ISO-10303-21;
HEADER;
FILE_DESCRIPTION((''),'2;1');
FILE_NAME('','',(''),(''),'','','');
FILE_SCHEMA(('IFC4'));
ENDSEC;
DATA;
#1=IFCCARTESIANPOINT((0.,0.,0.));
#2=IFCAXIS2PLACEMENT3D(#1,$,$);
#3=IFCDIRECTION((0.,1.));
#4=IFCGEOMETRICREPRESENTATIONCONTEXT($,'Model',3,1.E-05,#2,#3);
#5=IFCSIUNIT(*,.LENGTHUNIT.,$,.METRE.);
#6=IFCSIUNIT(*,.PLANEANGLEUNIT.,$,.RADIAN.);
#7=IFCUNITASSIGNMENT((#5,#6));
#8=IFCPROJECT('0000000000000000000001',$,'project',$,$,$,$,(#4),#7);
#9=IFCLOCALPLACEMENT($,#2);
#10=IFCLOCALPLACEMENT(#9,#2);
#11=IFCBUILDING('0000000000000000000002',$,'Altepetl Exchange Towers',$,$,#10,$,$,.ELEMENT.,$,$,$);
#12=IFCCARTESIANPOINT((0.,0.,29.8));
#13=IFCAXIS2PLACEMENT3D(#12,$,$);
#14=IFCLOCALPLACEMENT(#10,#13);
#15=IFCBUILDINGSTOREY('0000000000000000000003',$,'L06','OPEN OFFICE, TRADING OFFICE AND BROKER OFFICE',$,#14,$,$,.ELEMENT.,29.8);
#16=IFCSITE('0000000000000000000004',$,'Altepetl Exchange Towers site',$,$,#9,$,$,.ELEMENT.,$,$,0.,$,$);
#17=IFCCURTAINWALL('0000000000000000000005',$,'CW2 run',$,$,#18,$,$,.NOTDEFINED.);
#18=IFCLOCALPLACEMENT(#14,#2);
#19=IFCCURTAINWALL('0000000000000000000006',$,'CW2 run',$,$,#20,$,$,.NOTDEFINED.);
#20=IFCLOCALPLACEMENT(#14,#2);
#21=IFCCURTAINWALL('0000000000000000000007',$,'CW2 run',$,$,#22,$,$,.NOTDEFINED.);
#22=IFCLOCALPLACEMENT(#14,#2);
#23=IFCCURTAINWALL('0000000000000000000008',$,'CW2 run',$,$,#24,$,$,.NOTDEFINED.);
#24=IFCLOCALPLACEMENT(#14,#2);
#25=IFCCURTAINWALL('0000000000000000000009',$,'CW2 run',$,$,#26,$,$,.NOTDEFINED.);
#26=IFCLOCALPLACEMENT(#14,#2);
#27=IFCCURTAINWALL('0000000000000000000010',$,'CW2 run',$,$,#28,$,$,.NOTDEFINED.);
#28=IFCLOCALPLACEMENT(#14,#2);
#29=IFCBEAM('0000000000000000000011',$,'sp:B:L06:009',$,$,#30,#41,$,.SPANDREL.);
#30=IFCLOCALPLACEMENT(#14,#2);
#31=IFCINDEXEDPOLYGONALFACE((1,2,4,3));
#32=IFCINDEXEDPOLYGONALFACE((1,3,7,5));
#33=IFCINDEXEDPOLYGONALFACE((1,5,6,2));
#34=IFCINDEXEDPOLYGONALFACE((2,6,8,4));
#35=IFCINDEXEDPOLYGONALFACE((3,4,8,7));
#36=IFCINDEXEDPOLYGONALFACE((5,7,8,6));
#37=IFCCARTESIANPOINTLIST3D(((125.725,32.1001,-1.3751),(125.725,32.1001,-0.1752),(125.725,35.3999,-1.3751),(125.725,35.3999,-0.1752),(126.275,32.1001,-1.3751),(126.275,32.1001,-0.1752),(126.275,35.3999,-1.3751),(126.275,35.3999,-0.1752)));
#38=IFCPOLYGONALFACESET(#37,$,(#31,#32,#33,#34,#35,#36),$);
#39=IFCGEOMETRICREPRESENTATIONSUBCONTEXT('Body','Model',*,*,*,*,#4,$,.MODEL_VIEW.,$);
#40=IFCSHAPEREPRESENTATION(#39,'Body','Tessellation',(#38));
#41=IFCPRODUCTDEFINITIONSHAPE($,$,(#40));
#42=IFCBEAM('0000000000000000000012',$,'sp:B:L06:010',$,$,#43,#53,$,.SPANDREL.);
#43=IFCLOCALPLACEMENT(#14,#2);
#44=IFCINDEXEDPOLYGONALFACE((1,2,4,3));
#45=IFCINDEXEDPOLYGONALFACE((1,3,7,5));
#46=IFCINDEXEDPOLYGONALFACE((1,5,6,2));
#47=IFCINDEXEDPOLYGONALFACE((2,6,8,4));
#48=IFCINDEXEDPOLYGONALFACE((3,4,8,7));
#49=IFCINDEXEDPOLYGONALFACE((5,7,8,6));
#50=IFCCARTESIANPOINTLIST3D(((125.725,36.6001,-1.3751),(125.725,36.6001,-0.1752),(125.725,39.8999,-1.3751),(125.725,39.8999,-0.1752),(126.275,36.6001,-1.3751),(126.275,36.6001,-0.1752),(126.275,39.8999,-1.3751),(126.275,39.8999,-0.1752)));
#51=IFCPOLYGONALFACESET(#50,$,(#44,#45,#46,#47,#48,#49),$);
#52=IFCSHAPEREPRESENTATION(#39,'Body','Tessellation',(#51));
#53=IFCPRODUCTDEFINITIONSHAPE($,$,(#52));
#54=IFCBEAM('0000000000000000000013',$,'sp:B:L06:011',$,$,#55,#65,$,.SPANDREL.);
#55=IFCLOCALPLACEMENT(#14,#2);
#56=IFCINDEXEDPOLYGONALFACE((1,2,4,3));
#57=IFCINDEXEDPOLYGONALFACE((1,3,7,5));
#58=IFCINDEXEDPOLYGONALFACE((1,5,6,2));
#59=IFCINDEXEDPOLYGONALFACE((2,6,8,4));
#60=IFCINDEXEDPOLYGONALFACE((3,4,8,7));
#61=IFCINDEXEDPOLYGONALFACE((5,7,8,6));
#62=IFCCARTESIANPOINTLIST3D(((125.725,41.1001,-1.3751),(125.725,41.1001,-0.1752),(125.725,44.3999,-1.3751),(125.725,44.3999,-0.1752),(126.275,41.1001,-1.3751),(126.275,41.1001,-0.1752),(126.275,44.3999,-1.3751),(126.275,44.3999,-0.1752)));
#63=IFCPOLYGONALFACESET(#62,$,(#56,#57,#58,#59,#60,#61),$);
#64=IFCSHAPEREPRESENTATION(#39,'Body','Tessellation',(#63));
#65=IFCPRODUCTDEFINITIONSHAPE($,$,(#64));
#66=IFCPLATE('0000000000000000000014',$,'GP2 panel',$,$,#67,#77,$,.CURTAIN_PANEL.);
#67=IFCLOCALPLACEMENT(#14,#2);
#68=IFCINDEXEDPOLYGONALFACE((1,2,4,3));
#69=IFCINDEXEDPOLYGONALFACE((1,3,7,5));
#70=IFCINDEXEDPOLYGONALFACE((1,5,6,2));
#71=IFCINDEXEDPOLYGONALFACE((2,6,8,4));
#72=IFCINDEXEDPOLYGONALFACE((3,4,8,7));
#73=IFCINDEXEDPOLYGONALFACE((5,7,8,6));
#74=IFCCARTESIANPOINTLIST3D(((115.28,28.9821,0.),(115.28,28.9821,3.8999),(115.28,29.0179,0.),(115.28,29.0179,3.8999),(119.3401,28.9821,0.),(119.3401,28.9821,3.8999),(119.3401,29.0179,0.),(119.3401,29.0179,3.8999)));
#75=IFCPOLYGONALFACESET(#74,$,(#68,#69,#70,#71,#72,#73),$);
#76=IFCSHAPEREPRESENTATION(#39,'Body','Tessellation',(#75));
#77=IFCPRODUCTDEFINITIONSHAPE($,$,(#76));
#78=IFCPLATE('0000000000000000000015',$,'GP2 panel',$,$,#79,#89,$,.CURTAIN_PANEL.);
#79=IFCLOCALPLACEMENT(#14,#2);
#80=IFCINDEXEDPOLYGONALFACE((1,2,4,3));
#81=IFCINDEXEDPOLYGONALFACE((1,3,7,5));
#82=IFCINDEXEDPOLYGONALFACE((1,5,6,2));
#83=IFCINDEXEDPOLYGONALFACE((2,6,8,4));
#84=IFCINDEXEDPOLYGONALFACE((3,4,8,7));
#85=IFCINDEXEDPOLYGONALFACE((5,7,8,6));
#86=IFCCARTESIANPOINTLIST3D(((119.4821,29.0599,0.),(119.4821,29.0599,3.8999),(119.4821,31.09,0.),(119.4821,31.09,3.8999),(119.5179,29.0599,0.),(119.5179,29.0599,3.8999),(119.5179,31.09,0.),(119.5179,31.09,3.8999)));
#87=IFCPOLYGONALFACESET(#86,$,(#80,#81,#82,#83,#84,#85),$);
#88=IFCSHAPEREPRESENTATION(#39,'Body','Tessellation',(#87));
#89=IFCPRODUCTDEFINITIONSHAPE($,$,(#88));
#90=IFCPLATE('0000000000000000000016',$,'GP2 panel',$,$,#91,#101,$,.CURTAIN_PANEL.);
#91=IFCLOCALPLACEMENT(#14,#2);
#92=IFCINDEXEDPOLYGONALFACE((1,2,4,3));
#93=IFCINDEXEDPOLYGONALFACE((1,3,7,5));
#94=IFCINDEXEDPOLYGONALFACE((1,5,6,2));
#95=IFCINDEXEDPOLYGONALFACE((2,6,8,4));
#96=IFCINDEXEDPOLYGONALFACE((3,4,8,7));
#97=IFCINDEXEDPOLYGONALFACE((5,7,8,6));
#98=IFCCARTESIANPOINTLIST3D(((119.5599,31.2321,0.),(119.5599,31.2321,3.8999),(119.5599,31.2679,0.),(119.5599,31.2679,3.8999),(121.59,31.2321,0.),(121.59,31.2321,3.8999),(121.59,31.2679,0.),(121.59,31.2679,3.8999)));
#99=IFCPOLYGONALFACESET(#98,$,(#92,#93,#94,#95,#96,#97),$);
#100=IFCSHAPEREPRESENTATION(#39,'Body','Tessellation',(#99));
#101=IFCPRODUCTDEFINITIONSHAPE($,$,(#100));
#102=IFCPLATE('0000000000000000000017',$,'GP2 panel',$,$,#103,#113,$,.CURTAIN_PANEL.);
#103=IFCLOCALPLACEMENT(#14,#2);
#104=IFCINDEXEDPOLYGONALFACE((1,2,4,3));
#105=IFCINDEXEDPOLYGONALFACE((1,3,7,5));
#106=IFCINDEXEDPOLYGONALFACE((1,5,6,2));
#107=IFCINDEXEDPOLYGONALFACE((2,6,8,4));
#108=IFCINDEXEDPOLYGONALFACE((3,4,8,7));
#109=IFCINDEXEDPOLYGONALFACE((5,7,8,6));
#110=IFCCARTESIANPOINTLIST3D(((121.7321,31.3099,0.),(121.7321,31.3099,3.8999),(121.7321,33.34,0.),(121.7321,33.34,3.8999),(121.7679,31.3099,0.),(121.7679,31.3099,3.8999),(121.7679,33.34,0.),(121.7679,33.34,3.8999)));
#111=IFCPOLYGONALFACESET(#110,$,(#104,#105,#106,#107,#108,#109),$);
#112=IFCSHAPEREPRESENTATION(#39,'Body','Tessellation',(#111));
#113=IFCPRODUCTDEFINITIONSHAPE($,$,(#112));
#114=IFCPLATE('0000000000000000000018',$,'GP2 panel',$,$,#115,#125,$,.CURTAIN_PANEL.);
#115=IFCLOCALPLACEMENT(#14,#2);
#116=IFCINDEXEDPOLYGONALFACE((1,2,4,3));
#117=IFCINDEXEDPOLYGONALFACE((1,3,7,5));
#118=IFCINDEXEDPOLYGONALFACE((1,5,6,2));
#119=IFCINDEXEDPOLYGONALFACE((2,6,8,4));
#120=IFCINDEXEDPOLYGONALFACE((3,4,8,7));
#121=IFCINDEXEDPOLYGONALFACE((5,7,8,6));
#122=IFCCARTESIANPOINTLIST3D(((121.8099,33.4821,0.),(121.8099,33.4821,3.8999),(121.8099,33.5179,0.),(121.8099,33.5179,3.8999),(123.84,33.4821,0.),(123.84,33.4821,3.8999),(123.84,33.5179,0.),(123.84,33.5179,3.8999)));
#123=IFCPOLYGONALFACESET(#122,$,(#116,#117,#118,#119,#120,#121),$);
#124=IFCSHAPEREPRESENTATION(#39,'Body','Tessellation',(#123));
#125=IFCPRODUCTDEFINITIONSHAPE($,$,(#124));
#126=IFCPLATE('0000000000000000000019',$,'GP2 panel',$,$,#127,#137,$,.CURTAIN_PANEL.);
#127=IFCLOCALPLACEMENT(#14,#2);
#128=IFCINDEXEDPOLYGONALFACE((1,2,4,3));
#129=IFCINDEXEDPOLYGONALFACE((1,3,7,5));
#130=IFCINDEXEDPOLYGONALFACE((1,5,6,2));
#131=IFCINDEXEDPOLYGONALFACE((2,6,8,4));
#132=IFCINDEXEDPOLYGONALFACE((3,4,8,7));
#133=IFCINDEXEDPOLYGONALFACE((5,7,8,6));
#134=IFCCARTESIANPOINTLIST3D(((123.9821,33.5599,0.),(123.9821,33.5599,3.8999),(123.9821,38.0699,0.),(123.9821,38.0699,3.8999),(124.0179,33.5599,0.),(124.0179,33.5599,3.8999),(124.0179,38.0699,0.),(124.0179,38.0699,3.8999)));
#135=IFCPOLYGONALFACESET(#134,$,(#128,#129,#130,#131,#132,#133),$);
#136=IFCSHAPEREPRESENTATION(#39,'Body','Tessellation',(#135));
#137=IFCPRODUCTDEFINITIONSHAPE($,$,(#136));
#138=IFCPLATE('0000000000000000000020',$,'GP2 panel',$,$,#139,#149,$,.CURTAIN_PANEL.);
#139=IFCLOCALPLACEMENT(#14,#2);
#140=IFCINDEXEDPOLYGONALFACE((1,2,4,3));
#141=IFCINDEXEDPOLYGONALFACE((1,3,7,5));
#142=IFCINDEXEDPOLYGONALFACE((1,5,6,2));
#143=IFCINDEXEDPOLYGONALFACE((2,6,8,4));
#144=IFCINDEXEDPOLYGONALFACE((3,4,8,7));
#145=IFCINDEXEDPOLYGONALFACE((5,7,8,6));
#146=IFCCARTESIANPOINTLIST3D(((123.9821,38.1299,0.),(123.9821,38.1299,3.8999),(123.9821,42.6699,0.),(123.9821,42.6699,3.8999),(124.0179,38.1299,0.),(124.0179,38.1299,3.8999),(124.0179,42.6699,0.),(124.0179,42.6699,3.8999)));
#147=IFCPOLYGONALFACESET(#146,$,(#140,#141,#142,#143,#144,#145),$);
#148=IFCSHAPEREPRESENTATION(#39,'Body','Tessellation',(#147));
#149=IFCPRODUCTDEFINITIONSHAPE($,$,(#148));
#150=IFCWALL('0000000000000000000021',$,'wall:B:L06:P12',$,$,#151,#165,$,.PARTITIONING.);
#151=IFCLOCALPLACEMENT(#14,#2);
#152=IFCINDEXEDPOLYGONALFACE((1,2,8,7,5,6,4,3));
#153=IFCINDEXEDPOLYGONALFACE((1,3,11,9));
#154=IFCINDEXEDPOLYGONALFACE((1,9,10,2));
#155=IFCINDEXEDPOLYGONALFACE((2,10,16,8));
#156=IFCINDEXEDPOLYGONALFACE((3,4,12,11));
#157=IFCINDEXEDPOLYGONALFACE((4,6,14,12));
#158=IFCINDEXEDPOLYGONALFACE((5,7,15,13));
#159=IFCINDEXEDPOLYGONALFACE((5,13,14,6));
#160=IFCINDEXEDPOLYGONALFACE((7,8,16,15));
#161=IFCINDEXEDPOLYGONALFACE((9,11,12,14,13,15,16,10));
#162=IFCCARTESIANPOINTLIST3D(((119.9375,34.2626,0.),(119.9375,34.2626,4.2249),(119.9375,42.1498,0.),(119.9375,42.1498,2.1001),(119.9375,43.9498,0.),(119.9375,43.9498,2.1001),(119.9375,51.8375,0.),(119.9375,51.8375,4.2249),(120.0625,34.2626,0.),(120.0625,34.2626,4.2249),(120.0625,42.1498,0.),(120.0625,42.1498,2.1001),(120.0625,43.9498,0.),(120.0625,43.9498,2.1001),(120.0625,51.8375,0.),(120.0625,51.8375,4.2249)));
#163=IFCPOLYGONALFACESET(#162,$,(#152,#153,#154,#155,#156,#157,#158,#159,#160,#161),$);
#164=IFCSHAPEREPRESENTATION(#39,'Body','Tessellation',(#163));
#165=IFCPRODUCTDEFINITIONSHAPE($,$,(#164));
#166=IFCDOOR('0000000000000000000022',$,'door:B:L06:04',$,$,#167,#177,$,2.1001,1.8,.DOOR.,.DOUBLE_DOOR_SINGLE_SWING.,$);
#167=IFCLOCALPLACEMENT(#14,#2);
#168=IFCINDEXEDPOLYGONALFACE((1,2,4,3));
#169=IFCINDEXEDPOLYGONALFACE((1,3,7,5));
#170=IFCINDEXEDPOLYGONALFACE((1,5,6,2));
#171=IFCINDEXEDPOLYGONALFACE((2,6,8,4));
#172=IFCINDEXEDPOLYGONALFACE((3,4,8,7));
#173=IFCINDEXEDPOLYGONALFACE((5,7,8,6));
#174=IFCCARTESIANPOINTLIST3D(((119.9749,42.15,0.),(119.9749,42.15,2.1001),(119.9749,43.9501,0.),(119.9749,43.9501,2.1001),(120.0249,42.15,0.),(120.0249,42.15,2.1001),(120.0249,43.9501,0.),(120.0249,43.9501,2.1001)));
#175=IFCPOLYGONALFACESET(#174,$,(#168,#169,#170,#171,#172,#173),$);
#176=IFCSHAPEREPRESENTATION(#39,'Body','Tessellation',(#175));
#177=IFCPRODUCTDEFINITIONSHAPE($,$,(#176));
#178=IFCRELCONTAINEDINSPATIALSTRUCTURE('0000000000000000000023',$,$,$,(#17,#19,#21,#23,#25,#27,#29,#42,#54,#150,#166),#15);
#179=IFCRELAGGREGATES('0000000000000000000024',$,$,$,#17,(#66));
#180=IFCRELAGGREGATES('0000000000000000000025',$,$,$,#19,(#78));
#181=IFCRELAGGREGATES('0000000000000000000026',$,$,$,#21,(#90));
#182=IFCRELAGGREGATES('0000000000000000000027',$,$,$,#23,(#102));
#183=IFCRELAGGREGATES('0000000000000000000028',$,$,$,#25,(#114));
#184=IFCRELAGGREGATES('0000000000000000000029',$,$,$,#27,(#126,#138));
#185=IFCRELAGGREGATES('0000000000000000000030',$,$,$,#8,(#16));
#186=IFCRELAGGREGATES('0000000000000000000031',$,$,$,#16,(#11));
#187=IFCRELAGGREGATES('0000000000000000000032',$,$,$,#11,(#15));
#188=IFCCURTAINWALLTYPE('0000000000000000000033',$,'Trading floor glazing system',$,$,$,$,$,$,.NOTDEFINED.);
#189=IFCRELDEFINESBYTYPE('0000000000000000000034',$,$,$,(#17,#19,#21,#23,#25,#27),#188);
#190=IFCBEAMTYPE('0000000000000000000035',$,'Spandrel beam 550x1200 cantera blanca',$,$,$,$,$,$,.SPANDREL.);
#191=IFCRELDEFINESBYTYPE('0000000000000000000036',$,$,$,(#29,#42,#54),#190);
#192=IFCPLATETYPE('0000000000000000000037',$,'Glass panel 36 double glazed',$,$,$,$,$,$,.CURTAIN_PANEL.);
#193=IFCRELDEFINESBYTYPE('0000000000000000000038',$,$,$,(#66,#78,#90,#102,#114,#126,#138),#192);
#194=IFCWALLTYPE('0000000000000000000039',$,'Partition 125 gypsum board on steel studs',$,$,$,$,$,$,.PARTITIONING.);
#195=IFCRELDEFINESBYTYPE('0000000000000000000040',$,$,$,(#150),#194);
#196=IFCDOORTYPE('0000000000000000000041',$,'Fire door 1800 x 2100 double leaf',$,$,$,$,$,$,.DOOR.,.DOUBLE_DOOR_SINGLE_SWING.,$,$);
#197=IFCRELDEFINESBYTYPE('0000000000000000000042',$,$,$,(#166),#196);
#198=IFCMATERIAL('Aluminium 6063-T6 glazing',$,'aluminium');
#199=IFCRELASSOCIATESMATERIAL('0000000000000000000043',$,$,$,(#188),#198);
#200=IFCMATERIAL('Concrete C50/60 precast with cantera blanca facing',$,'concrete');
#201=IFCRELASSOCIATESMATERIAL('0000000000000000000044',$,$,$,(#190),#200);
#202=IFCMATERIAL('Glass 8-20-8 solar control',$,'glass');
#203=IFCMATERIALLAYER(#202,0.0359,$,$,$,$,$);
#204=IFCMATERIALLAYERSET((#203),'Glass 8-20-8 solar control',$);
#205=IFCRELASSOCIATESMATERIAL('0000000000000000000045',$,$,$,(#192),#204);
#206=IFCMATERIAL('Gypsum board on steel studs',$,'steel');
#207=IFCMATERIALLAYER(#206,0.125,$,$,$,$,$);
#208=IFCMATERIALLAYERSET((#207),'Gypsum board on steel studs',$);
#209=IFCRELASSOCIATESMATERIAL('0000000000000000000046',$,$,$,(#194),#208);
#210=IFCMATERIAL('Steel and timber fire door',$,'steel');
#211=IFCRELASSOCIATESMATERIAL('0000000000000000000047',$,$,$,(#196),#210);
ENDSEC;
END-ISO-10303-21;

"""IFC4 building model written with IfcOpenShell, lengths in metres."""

from ifc_helpers import new_model, si_unit, direction, frame, frame_2d, origin, origin_2d, place, context, subcontext, project, spatial, rectangle, extrude, material, layer, layer_set, material_profile, profile_set, type_object, element, fill, aggregate, save


model = new_model("IFC4")

# Units and contexts
model_context = context("Model", 3, precision=1e-05, world=origin(), true_north=direction((0.0, 1.0)))
body_context = subcontext(model_context, "Body", "Model", "MODEL_VIEW")
ifc_project = project(units=[si_unit("LENGTHUNIT", "METRE"), si_unit("PLANEANGLEUNIT", "RADIAN")], contexts=[model_context])

# Site, building, storey
site_placement = place(None, origin())
site = spatial("IfcSite", under=ifc_project, at=site_placement, Name="Altepetl Exchange Towers site", CompositionType="ELEMENT", RefElevation=0.0)
building_placement = place(site_placement, origin())
building = spatial("IfcBuilding", under=site, at=building_placement, Name="Altepetl Exchange Towers", CompositionType="ELEMENT")
storey_placement = place(building_placement, frame((0.0, 0.0, 29.8)))
storey = spatial("IfcBuildingStorey", under=building, at=storey_placement, Name="L06", Description="OPEN OFFICE, TRADING OFFICE AND BROKER OFFICE", CompositionType="ELEMENT", Elevation=29.8)

# Curtain wall
ifc_material_1 = material(Name="Aluminium 6063-T6 glazing", Category="aluminium")
curtain_wall_type = type_object("IfcCurtainWallType", Name="Trading floor glazing system", PredefinedType="NOTDEFINED", material=ifc_material_1)
curtain_wall_1_placement = place(storey_placement, origin())
curtain_wall_1 = element("IfcCurtainWall", 1, at=curtain_wall_1_placement, inside=storey, type_object=curtain_wall_type, Name="CW2 run", PredefinedType="NOTDEFINED")

# Curtain walls
curtain_wall_2_placement = place(storey_placement, origin())
curtain_wall_2 = element("IfcCurtainWall", 2, at=curtain_wall_2_placement, inside=storey, type_object=curtain_wall_type, Name="CW2 run", PredefinedType="NOTDEFINED")
curtain_wall_3_placement = place(storey_placement, origin())
curtain_wall_3 = element("IfcCurtainWall", 3, at=curtain_wall_3_placement, inside=storey, type_object=curtain_wall_type, Name="CW2 run", PredefinedType="NOTDEFINED")
curtain_wall_4_placement = place(storey_placement, origin())
curtain_wall_4 = element("IfcCurtainWall", 4, at=curtain_wall_4_placement, inside=storey, type_object=curtain_wall_type, Name="CW2 run", PredefinedType="NOTDEFINED")
curtain_wall_5_placement = place(storey_placement, origin())
curtain_wall_5 = element("IfcCurtainWall", 5, at=curtain_wall_5_placement, inside=storey, type_object=curtain_wall_type, Name="CW2 run", PredefinedType="NOTDEFINED")
curtain_wall_6_placement = place(storey_placement, origin())
curtain_wall_6 = element("IfcCurtainWall", 6, at=curtain_wall_6_placement, inside=storey, type_object=curtain_wall_type, Name="CW2 run", PredefinedType="NOTDEFINED")

# Beams
ifc_material_2 = material(Name="Concrete C50/60 precast with cantera blanca facing", Category="concrete")
ifc_material_profile_1 = material_profile(ifc_material_2, rectangle(XDim=0.55, YDim=1.2, at=origin_2d()), Name="550 x 1200")
ifc_profile_set_1 = profile_set([ifc_material_profile_1], Name="Concrete C50/60 precast with cantera blanca facing")
beam_type_1 = type_object("IfcBeamType", Name="Spandrel beam 550x1200 cantera blanca", PredefinedType="SPANDREL", material=ifc_profile_set_1)
for number, where, z_axis, x_axis, name in (
    (7, (126.0, 32.1001, -0.7751), (0.0, 1.0, 0.0), (-1.0, 0.0, 0.0), "sp:B:L06:009"),
    (8, (126.0, 36.6001, -0.7751), (0.0, 1.0, 0.0), (-1.0, 0.0, 0.0), "sp:B:L06:010"),
    (9, (126.0, 41.1001, -0.7751), (0.0, 1.0, 0.0), (-1.0, 0.0, 0.0), "sp:B:L06:011"),
):
    element("IfcBeam", number, at=place(storey_placement, frame(where, z_axis=z_axis, x_axis=x_axis)), inside=storey, type_object=beam_type_1, Name=name, PredefinedType="SPANDREL", context=body_context, shape_type="SweptSolid", body=[
        extrude(rectangle(XDim=0.55, YDim=1.2, at=origin_2d()), origin(), (0.0, 0.0, 1.0), 3.2998),
    ])

# Plates
ifc_material_3 = material(Name="Glass 8-20-8 solar control", Category="glass")
ifc_layer_1 = layer(ifc_material_3, 0.0359)
ifc_layer_set_1 = layer_set([ifc_layer_1], Name="Glass 8-20-8 solar control")
plate_type = type_object("IfcPlateType", Name="Glass panel 36 double glazed", PredefinedType="CURTAIN_PANEL", material=ifc_layer_set_1)
plate_1_placement = place(storey_placement, frame((117.3101, 29.0, 0.0)))
plate_1 = element("IfcPlate", 10, at=plate_1_placement, type_object=plate_type, Name="GP2 panel", PredefinedType="CURTAIN_PANEL", context=body_context, shape_type="SweptSolid", body=[
    extrude(rectangle(XDim=4.0601, YDim=0.0359, at=origin_2d()), origin(), (0.0, 0.0, 1.0), 3.8999),
])
aggregate(curtain_wall_1, [plate_1])
plate_2_placement = place(storey_placement, frame((119.5, 30.075, 0.0), z_axis=(0.0, 0.0, 1.0), x_axis=(0.0, 1.0, 0.0)))
plate_2 = element("IfcPlate", 11, at=plate_2_placement, type_object=plate_type, Name="GP2 panel", PredefinedType="CURTAIN_PANEL", context=body_context, shape_type="SweptSolid", body=[
    extrude(rectangle(XDim=2.03, YDim=0.0359, at=origin_2d()), origin(), (0.0, 0.0, 1.0), 3.8999),
])
aggregate(curtain_wall_2, [plate_2])
plate_3_placement = place(storey_placement, frame((120.575, 31.25, 0.0)))
plate_3 = element("IfcPlate", 12, at=plate_3_placement, type_object=plate_type, Name="GP2 panel", PredefinedType="CURTAIN_PANEL", context=body_context, shape_type="SweptSolid", body=[
    extrude(rectangle(XDim=2.03, YDim=0.0359, at=origin_2d()), origin(), (0.0, 0.0, 1.0), 3.8999),
])
aggregate(curtain_wall_3, [plate_3])
plate_4_placement = place(storey_placement, frame((121.75, 32.325, 0.0), z_axis=(0.0, 0.0, 1.0), x_axis=(0.0, 1.0, 0.0)))
plate_4 = element("IfcPlate", 13, at=plate_4_placement, type_object=plate_type, Name="GP2 panel", PredefinedType="CURTAIN_PANEL", context=body_context, shape_type="SweptSolid", body=[
    extrude(rectangle(XDim=2.03, YDim=0.0359, at=origin_2d()), origin(), (0.0, 0.0, 1.0), 3.8999),
])
aggregate(curtain_wall_4, [plate_4])
plate_5_placement = place(storey_placement, frame((122.825, 33.5, 0.0)))
plate_5 = element("IfcPlate", 14, at=plate_5_placement, type_object=plate_type, Name="GP2 panel", PredefinedType="CURTAIN_PANEL", context=body_context, shape_type="SweptSolid", body=[
    extrude(rectangle(XDim=2.03, YDim=0.0359, at=origin_2d()), origin(), (0.0, 0.0, 1.0), 3.8999),
])
aggregate(curtain_wall_5, [plate_5])
plate_6_placement = place(storey_placement, frame((124.0, 35.8149, 0.0), z_axis=(0.0, 0.0, 1.0), x_axis=(0.0, 1.0, 0.0)))
plate_6 = element("IfcPlate", 15, at=plate_6_placement, type_object=plate_type, Name="GP2 panel", PredefinedType="CURTAIN_PANEL", context=body_context, shape_type="SweptSolid", body=[
    extrude(rectangle(XDim=4.51, YDim=0.0359, at=origin_2d()), origin(), (0.0, 0.0, 1.0), 3.8999),
])
plate_7_placement = place(storey_placement, frame((124.0, 40.3999, 0.0), z_axis=(0.0, 0.0, 1.0), x_axis=(0.0, 1.0, 0.0)))
plate_7 = element("IfcPlate", 16, at=plate_7_placement, type_object=plate_type, Name="GP2 panel", PredefinedType="CURTAIN_PANEL", context=body_context, shape_type="SweptSolid", body=[
    extrude(rectangle(XDim=4.54, YDim=0.0359, at=origin_2d()), origin(), (0.0, 0.0, 1.0), 3.8999),
])
aggregate(curtain_wall_6, [plate_6, plate_7])

# Wall, opening, door
ifc_material_4 = material(Name="Gypsum board on steel studs", Category="steel")
ifc_layer_2 = layer(ifc_material_4, 0.125)
ifc_layer_set_2 = layer_set([ifc_layer_2], Name="Gypsum board on steel studs")
wall_type = type_object("IfcWallType", Name="Partition 125 gypsum board on steel studs", PredefinedType="PARTITIONING", material=ifc_layer_set_2)
wall_placement = place(storey_placement, frame((120.0, 34.2625, 0.0), z_axis=(0.0, 0.0, 1.0), x_axis=(0.0, 1.0, 0.0)))
wall = element("IfcWall", 17, at=wall_placement, inside=storey, type_object=wall_type, Name="wall:B:L06:P12", PredefinedType="PARTITIONING", context=body_context, shape_type="SweptSolid", body=[
    extrude(rectangle(XDim=17.575, YDim=0.125, at=frame_2d((8.7876, 0.0))), origin(), (0.0, 0.0, 1.0), 4.2249),
])
opening_placement = place(wall_placement, frame((7.8875, 0.0, 0.0)))
opening = element("IfcOpeningElement", 18, at=opening_placement, cuts=wall, PredefinedType="OPENING", context=body_context, shape_type="SweptSolid", body=[
    extrude(rectangle(XDim=1.8, YDim=2.1001, at=frame_2d((0.8999, 1.05))), frame((0.0, 0.0725, 0.0), z_axis=(0.0, -1.0, 0.0), x_axis=(1.0, 0.0, 0.0)), (0.0, 0.0, 1.0), 0.145),
])
ifc_material_5 = material(Name="Steel and timber fire door", Category="steel")
door_type = type_object("IfcDoorType", Name="Fire door 1800 x 2100 double leaf", OperationType="DOUBLE_DOOR_SINGLE_SWING", PredefinedType="DOOR", material=ifc_material_5)
door_placement = place(opening_placement, frame((1.8, 0.0, 0.0), x_axis=(-1.0, 0.0, 0.0)))
door = element("IfcDoor", 19, at=door_placement, inside=storey, type_object=door_type, Name="door:B:L06:04", OperationType="DOUBLE_DOOR_SINGLE_SWING", OverallHeight=2.1001, OverallWidth=1.8, PredefinedType="DOOR", context=body_context, shape_type="SweptSolid", body=[
    extrude(rectangle(XDim=1.8, YDim=2.1001, at=frame_2d((0.8999, 1.05))), frame((0.0, 0.0249, 0.0), z_axis=(0.0, -1.0, 0.0), x_axis=(1.0, 0.0, 0.0)), (0.0, 0.0, 1.0), 0.05),
])
fill(opening, door)

save(model, "model.ifc")
